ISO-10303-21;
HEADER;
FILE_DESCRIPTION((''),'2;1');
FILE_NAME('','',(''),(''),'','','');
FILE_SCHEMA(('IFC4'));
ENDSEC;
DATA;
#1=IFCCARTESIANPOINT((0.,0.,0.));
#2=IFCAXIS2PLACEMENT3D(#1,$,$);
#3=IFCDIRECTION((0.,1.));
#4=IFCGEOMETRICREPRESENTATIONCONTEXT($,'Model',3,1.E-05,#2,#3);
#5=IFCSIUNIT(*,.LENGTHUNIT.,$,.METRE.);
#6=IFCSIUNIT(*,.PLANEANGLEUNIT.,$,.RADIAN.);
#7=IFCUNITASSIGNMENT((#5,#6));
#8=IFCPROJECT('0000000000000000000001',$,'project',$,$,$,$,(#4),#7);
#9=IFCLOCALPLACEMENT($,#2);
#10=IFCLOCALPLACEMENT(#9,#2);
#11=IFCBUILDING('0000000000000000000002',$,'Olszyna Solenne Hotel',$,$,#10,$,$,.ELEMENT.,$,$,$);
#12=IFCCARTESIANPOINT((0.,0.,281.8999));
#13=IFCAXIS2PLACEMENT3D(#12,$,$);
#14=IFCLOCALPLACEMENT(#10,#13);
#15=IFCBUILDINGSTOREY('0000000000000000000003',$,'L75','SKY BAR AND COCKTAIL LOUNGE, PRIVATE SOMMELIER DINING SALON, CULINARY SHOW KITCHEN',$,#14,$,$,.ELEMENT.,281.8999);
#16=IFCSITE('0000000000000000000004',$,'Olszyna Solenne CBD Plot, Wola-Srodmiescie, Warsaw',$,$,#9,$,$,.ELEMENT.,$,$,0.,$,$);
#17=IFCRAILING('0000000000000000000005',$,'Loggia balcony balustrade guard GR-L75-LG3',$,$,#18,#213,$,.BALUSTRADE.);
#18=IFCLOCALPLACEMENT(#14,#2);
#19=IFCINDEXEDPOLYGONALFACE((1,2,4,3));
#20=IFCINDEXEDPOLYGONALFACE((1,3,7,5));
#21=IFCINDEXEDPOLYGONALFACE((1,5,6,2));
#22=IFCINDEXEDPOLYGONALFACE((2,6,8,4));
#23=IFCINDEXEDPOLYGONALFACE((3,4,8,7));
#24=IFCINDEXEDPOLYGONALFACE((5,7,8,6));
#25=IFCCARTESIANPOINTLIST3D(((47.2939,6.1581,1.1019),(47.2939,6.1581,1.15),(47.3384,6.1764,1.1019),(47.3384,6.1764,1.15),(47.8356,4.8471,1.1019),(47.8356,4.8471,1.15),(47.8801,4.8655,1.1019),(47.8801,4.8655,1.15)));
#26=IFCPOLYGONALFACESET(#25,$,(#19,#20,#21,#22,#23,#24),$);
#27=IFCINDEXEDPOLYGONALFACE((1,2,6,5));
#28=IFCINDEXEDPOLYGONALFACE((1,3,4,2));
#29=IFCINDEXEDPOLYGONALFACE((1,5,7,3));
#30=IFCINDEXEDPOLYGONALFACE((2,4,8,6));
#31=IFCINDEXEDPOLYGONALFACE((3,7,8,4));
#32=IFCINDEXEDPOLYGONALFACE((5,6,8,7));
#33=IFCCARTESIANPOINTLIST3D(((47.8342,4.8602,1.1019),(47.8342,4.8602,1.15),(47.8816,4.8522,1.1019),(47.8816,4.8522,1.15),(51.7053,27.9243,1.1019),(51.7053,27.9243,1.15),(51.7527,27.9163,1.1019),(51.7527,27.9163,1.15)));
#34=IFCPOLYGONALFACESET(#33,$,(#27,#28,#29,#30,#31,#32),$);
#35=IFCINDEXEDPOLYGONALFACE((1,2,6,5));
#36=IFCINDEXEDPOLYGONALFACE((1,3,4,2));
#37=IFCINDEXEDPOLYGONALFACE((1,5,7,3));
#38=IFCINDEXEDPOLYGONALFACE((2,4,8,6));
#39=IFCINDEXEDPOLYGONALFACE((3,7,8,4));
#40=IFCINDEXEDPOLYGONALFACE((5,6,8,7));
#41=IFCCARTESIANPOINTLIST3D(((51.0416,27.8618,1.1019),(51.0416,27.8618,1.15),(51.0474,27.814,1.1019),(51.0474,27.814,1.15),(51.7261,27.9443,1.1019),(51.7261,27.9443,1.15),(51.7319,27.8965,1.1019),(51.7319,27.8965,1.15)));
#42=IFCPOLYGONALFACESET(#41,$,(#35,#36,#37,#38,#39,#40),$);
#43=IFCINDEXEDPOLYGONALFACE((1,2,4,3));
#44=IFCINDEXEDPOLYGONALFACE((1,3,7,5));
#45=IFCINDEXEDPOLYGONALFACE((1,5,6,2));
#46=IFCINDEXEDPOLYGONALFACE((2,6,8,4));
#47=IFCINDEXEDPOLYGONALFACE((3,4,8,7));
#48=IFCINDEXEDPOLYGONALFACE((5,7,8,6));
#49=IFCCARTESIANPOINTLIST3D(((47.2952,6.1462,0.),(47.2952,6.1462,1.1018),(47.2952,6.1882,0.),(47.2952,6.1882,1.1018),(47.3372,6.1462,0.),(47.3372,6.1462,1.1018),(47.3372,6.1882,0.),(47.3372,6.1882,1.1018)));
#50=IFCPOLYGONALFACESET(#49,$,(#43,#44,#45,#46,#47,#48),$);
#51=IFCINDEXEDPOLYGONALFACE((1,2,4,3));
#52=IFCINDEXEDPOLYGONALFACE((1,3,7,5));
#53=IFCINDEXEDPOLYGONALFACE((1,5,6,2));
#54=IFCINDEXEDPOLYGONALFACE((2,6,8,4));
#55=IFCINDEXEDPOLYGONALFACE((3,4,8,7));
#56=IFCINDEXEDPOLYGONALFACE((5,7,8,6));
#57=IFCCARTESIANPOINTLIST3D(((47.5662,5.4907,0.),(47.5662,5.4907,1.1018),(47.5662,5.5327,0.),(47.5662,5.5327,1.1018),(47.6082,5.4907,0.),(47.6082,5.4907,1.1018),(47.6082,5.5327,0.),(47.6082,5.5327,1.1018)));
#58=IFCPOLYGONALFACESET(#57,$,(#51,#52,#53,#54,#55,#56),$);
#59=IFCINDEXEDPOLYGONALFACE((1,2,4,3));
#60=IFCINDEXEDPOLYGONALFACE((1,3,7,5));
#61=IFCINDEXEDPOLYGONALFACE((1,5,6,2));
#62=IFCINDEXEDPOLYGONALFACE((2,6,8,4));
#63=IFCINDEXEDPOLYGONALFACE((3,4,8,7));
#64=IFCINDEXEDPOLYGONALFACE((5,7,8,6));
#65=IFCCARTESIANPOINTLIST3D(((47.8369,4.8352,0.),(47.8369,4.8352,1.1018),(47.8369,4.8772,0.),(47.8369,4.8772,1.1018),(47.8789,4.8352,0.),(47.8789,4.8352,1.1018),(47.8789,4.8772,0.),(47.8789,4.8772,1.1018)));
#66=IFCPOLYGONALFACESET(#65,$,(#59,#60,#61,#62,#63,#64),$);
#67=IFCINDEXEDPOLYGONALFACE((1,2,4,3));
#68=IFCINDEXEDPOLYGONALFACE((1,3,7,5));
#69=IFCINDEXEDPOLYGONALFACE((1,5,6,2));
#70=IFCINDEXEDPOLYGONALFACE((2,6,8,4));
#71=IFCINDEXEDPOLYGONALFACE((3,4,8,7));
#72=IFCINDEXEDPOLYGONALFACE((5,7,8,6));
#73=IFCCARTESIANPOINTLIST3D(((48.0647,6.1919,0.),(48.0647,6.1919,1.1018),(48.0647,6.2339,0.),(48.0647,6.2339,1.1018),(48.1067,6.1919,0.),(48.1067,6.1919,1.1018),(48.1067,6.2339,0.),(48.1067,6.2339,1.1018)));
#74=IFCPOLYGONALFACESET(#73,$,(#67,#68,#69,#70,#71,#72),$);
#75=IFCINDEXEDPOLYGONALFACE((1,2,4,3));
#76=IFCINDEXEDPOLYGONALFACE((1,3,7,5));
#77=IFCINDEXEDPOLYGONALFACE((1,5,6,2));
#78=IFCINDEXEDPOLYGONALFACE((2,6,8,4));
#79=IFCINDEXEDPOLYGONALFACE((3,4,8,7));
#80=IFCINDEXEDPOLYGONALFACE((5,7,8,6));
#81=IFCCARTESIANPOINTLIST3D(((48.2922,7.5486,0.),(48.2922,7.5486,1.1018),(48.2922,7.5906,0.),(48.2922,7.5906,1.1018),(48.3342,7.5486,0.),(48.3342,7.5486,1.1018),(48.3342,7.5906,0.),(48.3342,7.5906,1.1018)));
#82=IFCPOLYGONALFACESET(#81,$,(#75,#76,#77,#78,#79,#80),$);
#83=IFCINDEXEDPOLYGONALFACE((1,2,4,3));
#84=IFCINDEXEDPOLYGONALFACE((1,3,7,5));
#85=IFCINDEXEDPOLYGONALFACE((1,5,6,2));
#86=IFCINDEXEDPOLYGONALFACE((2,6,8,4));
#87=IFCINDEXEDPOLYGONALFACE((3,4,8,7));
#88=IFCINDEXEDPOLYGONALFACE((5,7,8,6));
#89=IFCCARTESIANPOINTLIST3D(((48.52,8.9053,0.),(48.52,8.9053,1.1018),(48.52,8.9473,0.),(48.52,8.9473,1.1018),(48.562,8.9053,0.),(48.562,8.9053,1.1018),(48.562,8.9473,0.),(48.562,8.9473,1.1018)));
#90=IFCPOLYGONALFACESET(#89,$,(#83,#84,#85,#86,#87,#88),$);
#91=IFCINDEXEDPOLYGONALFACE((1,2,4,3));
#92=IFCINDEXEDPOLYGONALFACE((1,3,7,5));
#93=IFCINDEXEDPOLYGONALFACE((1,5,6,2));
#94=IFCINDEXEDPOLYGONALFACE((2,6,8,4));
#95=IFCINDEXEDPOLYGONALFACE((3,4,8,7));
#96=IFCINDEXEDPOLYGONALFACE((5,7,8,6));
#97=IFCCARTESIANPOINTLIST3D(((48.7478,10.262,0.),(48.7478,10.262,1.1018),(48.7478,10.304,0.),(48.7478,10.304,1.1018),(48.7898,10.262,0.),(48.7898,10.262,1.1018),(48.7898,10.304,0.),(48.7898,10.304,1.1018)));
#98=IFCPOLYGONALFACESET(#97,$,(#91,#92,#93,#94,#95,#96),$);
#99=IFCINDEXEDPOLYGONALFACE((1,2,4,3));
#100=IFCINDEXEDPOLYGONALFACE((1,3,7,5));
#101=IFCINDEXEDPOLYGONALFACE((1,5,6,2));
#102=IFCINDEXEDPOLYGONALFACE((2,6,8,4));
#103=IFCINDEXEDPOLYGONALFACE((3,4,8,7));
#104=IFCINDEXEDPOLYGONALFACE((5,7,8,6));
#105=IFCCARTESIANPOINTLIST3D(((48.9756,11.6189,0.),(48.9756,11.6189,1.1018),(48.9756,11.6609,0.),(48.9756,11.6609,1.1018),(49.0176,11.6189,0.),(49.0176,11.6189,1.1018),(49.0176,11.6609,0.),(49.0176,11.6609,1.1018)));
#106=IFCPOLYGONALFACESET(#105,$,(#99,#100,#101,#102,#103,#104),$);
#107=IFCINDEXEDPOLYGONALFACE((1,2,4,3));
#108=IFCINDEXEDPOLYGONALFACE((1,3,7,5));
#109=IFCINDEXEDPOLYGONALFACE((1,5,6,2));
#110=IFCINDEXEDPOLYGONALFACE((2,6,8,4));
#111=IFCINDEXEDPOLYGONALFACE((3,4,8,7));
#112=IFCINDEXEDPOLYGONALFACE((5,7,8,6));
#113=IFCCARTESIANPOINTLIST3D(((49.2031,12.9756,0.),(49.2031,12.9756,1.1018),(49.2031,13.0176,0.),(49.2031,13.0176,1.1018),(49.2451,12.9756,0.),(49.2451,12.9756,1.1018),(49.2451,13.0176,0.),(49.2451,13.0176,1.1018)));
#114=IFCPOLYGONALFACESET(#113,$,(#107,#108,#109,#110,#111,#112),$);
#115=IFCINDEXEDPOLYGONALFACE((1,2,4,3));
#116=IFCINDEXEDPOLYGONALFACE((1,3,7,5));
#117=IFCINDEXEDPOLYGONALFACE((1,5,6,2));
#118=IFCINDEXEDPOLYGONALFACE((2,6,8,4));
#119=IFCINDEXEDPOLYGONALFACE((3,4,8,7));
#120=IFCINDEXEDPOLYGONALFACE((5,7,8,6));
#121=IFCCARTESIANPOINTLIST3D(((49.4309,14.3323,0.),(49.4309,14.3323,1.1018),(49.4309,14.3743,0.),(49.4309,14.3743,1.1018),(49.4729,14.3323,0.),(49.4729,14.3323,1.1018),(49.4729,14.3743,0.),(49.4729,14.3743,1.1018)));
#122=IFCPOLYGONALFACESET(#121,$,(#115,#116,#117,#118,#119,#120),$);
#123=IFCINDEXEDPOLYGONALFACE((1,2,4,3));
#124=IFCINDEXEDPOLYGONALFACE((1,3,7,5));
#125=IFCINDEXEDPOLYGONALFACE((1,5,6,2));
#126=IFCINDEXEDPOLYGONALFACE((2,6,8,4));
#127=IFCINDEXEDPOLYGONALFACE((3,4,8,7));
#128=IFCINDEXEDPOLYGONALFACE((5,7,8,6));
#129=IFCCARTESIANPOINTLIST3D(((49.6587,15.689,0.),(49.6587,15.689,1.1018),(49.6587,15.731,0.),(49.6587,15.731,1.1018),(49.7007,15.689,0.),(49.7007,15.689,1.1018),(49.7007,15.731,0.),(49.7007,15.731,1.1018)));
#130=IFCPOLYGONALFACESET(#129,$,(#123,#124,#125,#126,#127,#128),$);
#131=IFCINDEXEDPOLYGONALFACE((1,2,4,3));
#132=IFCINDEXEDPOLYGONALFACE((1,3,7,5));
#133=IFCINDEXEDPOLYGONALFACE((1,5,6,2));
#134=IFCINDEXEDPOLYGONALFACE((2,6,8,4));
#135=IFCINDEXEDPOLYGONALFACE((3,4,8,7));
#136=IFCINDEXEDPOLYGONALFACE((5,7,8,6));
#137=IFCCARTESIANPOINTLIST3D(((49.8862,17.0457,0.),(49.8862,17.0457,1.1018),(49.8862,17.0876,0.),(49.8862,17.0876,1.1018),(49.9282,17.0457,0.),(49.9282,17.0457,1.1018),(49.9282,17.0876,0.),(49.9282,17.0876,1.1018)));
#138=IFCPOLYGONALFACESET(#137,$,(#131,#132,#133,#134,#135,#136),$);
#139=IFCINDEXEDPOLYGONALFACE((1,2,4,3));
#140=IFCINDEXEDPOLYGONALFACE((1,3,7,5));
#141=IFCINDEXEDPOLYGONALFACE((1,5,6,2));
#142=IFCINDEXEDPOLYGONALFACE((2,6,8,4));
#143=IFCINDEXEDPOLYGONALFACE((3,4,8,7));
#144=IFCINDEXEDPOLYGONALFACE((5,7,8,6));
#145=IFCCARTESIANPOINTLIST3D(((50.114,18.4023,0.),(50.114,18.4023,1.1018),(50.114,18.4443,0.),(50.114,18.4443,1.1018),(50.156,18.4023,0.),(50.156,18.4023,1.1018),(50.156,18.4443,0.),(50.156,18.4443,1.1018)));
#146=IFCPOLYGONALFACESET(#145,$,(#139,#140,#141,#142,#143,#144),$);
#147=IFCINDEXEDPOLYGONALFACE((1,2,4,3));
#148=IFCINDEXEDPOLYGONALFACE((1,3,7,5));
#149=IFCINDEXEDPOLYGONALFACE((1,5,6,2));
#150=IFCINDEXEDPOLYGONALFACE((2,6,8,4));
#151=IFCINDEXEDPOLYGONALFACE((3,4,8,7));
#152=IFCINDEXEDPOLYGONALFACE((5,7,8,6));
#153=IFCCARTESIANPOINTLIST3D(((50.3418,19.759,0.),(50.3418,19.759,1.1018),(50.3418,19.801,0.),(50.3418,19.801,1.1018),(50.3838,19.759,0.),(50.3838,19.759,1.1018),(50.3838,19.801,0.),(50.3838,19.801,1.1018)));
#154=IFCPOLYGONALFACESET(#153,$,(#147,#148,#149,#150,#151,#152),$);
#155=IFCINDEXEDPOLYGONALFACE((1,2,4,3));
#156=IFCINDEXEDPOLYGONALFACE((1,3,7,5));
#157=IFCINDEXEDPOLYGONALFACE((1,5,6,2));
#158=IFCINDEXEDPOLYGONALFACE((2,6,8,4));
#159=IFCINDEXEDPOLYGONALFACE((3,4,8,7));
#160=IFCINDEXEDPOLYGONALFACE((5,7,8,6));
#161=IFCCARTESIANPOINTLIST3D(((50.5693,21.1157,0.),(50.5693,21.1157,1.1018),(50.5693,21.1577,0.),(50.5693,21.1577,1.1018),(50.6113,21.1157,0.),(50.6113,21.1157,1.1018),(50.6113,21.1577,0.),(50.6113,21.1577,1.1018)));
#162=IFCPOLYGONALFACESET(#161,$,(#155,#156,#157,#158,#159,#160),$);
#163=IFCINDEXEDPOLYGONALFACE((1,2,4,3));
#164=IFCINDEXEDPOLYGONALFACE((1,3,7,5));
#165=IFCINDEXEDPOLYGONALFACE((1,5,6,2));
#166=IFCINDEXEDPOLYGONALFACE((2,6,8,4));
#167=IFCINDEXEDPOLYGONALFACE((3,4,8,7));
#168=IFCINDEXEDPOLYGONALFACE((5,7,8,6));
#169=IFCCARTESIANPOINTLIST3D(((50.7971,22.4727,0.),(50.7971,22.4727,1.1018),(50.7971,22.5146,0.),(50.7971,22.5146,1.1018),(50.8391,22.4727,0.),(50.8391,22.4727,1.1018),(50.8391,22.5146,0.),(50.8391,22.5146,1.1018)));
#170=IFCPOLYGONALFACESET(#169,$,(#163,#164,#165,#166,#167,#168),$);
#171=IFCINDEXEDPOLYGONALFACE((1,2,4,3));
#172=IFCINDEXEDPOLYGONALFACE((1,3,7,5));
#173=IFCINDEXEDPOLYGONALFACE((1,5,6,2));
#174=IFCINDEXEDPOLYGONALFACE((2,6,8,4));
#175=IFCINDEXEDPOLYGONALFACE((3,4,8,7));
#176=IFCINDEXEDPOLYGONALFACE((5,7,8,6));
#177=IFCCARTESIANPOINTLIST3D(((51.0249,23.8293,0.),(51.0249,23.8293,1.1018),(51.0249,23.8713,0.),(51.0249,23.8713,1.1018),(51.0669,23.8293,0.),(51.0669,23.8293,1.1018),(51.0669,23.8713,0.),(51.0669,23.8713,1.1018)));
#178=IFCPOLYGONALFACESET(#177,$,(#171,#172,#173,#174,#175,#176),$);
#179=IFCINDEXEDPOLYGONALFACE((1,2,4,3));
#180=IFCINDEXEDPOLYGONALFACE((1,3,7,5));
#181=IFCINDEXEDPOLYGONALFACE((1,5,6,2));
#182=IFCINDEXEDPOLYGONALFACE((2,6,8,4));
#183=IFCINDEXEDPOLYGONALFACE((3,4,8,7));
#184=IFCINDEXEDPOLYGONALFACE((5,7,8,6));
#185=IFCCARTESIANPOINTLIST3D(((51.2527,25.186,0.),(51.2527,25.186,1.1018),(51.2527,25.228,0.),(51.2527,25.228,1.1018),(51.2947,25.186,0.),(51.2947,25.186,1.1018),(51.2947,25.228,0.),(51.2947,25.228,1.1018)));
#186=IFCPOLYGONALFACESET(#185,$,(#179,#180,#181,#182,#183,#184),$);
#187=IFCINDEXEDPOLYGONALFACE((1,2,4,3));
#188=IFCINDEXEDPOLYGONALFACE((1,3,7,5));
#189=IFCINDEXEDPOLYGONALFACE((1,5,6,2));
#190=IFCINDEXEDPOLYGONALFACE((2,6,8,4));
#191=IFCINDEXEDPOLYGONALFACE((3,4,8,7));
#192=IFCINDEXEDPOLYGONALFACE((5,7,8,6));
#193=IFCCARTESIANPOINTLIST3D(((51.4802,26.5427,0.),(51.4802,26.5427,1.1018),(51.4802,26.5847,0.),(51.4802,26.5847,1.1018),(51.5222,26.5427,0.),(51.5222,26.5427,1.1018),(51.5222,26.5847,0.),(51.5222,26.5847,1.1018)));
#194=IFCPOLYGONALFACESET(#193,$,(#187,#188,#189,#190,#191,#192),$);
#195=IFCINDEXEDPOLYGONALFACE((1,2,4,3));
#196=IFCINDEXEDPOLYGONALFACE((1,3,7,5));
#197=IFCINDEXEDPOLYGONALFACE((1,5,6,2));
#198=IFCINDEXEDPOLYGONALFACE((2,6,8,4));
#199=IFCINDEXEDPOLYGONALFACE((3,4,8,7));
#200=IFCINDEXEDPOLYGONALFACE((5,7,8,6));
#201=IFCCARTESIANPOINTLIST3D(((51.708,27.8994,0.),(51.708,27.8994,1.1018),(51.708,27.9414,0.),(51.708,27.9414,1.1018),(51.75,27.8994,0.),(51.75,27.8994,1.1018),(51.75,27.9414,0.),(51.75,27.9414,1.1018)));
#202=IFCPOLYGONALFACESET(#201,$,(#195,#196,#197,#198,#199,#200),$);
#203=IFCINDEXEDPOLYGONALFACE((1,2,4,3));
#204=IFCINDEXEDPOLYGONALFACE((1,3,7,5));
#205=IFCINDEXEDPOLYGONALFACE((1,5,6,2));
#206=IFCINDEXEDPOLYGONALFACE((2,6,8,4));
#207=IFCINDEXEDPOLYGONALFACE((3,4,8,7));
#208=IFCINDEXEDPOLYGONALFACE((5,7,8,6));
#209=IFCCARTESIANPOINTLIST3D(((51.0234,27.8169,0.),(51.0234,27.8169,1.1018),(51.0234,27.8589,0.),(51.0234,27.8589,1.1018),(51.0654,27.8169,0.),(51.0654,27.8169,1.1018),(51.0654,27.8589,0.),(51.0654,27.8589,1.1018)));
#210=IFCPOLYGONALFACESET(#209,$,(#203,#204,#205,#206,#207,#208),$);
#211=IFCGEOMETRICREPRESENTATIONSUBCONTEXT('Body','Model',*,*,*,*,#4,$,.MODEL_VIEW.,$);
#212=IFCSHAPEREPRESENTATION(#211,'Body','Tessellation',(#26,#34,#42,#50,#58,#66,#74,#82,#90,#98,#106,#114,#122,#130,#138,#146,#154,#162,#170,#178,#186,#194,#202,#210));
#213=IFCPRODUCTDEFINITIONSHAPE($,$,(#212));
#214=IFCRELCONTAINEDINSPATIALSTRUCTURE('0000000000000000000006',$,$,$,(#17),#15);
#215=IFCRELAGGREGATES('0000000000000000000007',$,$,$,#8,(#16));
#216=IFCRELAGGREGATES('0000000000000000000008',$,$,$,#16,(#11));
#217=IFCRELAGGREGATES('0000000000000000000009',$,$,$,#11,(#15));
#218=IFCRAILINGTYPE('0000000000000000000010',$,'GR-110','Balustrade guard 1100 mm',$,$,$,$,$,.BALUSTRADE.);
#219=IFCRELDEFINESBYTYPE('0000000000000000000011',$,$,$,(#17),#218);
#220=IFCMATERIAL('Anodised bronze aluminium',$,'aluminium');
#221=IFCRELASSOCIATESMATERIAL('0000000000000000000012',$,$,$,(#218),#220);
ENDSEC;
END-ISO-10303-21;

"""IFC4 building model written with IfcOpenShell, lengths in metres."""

from ifc_helpers import new_model, si_unit, direction, frame, origin, origin_2d, place, context, subcontext, project, spatial, rectangle, extrude, material, type_object, element, save


model = new_model("IFC4")

# Units and contexts
model_context = context("Model", 3, precision=1e-05, world=origin(), true_north=direction((0.0, 1.0)))
body_context = subcontext(model_context, "Body", "Model", "MODEL_VIEW")
ifc_project = project(units=[si_unit("LENGTHUNIT", "METRE"), si_unit("PLANEANGLEUNIT", "RADIAN")], contexts=[model_context])

# Site, building, storey
site_placement = place(None, origin())
site = spatial("IfcSite", under=ifc_project, at=site_placement, Name="Olszyna Solenne CBD Plot, Wola-Srodmiescie, Warsaw", CompositionType="ELEMENT", RefElevation=0.0)
building_placement = place(site_placement, origin())
building = spatial("IfcBuilding", under=site, at=building_placement, Name="Olszyna Solenne Hotel", CompositionType="ELEMENT")
storey_placement = place(building_placement, frame((0.0, 0.0, 281.8999)))
storey = spatial("IfcBuildingStorey", under=building, at=storey_placement, Name="L75", Description="SKY BAR AND COCKTAIL LOUNGE, PRIVATE SOMMELIER DINING SALON, CULINARY SHOW KITCHEN", CompositionType="ELEMENT", Elevation=281.8999)

# Shared definitions
ifc_material_1 = material(Name="Anodised bronze aluminium", Category="aluminium")

# Railing
railing_type = type_object("IfcRailingType", Name="GR-110", Description="Balustrade guard 1100 mm", PredefinedType="BALUSTRADE", material=ifc_material_1)
railing_placement = place(storey_placement, frame((47.3162, 6.1672, 0.0)))
element("IfcRailing", 1, at=railing_placement, inside=storey, type_object=railing_type, Name="Loggia balcony balustrade guard GR-L75-LG3", PredefinedType="BALUSTRADE", context=body_context, shape_type="SweptSolid", body=[
    extrude(rectangle(XDim=0.0481, YDim=0.0481, at=origin_2d()), frame((0.0, 0.0, 1.126), z_axis=(0.381901, -0.924203, 0.0), x_axis=(0.924203, 0.381901, 0.0)), (0.0, 0.0, 1.0), 1.4185),
    extrude(rectangle(XDim=0.0481, YDim=0.0481, at=origin_2d()), frame((0.5417, -1.311, 1.126), z_axis=(0.165525, 0.986206, 0.0), x_axis=(-0.986206, 0.165525, 0.0)), (0.0, 0.0, 1.0), 23.3867),
    extrude(rectangle(XDim=0.0481, YDim=0.0481, at=origin_2d()), frame((4.4128, 21.7532, 1.126), z_axis=(-0.992813, -0.119676, 0.0), x_axis=(0.119676, -0.992813, 0.0)), (0.0, 0.0, 1.0), 0.6895),
    extrude(rectangle(XDim=0.042, YDim=0.042, at=origin_2d()), origin(), (0.0, 0.0, 1.0), 1.1018),
    extrude(rectangle(XDim=0.042, YDim=0.042, at=origin_2d()), frame((0.271, -0.6555, 0.0)), (0.0, 0.0, 1.0), 1.1018),
    extrude(rectangle(XDim=0.042, YDim=0.042, at=origin_2d()), frame((0.5417, -1.311, 0.0)), (0.0, 0.0, 1.0), 1.1018),
    extrude(rectangle(XDim=0.042, YDim=0.042, at=origin_2d()), frame((0.7695, 0.0457, 0.0)), (0.0, 0.0, 1.0), 1.1018),
    extrude(rectangle(XDim=0.042, YDim=0.042, at=origin_2d()), frame((0.9971, 1.4023, 0.0)), (0.0, 0.0, 1.0), 1.1018),
    extrude(rectangle(XDim=0.042, YDim=0.042, at=origin_2d()), frame((1.2249, 2.759, 0.0)), (0.0, 0.0, 1.0), 1.1018),
    extrude(rectangle(XDim=0.042, YDim=0.042, at=origin_2d()), frame((1.4526, 4.1157, 0.0)), (0.0, 0.0, 1.0), 1.1018),
    extrude(rectangle(XDim=0.042, YDim=0.042, at=origin_2d()), frame((1.6804, 5.4727, 0.0)), (0.0, 0.0, 1.0), 1.1018),
    extrude(rectangle(XDim=0.042, YDim=0.042, at=origin_2d()), frame((1.908, 6.8293, 0.0)), (0.0, 0.0, 1.0), 1.1018),
    extrude(rectangle(XDim=0.042, YDim=0.042, at=origin_2d()), frame((2.1357, 8.186, 0.0)), (0.0, 0.0, 1.0), 1.1018),
    extrude(rectangle(XDim=0.042, YDim=0.042, at=origin_2d()), frame((2.3635, 9.5427, 0.0)), (0.0, 0.0, 1.0), 1.1018),
    extrude(rectangle(XDim=0.042, YDim=0.042, at=origin_2d()), frame((2.5911, 10.8994, 0.0)), (0.0, 0.0, 1.0), 1.1018),
    extrude(rectangle(XDim=0.042, YDim=0.042, at=origin_2d()), frame((2.8188, 12.2561, 0.0)), (0.0, 0.0, 1.0), 1.1018),
    extrude(rectangle(XDim=0.042, YDim=0.042, at=origin_2d()), frame((3.0466, 13.6128, 0.0)), (0.0, 0.0, 1.0), 1.1018),
    extrude(rectangle(XDim=0.042, YDim=0.042, at=origin_2d()), frame((3.2742, 14.9695, 0.0)), (0.0, 0.0, 1.0), 1.1018),
    extrude(rectangle(XDim=0.042, YDim=0.042, at=origin_2d()), frame((3.502, 16.3264, 0.0)), (0.0, 0.0, 1.0), 1.1018),
    extrude(rectangle(XDim=0.042, YDim=0.042, at=origin_2d()), frame((3.7297, 17.6831, 0.0)), (0.0, 0.0, 1.0), 1.1018),
    extrude(rectangle(XDim=0.042, YDim=0.042, at=origin_2d()), frame((3.9575, 19.0398, 0.0)), (0.0, 0.0, 1.0), 1.1018),
    extrude(rectangle(XDim=0.042, YDim=0.042, at=origin_2d()), frame((4.1851, 20.3965, 0.0)), (0.0, 0.0, 1.0), 1.1018),
    extrude(rectangle(XDim=0.042, YDim=0.042, at=origin_2d()), frame((4.4128, 21.7532, 0.0)), (0.0, 0.0, 1.0), 1.1018),
    extrude(rectangle(XDim=0.042, YDim=0.042, at=origin_2d()), frame((3.7283, 21.6707, 0.0)), (0.0, 0.0, 1.0), 1.1018),
])

save(model, "model.ifc")
